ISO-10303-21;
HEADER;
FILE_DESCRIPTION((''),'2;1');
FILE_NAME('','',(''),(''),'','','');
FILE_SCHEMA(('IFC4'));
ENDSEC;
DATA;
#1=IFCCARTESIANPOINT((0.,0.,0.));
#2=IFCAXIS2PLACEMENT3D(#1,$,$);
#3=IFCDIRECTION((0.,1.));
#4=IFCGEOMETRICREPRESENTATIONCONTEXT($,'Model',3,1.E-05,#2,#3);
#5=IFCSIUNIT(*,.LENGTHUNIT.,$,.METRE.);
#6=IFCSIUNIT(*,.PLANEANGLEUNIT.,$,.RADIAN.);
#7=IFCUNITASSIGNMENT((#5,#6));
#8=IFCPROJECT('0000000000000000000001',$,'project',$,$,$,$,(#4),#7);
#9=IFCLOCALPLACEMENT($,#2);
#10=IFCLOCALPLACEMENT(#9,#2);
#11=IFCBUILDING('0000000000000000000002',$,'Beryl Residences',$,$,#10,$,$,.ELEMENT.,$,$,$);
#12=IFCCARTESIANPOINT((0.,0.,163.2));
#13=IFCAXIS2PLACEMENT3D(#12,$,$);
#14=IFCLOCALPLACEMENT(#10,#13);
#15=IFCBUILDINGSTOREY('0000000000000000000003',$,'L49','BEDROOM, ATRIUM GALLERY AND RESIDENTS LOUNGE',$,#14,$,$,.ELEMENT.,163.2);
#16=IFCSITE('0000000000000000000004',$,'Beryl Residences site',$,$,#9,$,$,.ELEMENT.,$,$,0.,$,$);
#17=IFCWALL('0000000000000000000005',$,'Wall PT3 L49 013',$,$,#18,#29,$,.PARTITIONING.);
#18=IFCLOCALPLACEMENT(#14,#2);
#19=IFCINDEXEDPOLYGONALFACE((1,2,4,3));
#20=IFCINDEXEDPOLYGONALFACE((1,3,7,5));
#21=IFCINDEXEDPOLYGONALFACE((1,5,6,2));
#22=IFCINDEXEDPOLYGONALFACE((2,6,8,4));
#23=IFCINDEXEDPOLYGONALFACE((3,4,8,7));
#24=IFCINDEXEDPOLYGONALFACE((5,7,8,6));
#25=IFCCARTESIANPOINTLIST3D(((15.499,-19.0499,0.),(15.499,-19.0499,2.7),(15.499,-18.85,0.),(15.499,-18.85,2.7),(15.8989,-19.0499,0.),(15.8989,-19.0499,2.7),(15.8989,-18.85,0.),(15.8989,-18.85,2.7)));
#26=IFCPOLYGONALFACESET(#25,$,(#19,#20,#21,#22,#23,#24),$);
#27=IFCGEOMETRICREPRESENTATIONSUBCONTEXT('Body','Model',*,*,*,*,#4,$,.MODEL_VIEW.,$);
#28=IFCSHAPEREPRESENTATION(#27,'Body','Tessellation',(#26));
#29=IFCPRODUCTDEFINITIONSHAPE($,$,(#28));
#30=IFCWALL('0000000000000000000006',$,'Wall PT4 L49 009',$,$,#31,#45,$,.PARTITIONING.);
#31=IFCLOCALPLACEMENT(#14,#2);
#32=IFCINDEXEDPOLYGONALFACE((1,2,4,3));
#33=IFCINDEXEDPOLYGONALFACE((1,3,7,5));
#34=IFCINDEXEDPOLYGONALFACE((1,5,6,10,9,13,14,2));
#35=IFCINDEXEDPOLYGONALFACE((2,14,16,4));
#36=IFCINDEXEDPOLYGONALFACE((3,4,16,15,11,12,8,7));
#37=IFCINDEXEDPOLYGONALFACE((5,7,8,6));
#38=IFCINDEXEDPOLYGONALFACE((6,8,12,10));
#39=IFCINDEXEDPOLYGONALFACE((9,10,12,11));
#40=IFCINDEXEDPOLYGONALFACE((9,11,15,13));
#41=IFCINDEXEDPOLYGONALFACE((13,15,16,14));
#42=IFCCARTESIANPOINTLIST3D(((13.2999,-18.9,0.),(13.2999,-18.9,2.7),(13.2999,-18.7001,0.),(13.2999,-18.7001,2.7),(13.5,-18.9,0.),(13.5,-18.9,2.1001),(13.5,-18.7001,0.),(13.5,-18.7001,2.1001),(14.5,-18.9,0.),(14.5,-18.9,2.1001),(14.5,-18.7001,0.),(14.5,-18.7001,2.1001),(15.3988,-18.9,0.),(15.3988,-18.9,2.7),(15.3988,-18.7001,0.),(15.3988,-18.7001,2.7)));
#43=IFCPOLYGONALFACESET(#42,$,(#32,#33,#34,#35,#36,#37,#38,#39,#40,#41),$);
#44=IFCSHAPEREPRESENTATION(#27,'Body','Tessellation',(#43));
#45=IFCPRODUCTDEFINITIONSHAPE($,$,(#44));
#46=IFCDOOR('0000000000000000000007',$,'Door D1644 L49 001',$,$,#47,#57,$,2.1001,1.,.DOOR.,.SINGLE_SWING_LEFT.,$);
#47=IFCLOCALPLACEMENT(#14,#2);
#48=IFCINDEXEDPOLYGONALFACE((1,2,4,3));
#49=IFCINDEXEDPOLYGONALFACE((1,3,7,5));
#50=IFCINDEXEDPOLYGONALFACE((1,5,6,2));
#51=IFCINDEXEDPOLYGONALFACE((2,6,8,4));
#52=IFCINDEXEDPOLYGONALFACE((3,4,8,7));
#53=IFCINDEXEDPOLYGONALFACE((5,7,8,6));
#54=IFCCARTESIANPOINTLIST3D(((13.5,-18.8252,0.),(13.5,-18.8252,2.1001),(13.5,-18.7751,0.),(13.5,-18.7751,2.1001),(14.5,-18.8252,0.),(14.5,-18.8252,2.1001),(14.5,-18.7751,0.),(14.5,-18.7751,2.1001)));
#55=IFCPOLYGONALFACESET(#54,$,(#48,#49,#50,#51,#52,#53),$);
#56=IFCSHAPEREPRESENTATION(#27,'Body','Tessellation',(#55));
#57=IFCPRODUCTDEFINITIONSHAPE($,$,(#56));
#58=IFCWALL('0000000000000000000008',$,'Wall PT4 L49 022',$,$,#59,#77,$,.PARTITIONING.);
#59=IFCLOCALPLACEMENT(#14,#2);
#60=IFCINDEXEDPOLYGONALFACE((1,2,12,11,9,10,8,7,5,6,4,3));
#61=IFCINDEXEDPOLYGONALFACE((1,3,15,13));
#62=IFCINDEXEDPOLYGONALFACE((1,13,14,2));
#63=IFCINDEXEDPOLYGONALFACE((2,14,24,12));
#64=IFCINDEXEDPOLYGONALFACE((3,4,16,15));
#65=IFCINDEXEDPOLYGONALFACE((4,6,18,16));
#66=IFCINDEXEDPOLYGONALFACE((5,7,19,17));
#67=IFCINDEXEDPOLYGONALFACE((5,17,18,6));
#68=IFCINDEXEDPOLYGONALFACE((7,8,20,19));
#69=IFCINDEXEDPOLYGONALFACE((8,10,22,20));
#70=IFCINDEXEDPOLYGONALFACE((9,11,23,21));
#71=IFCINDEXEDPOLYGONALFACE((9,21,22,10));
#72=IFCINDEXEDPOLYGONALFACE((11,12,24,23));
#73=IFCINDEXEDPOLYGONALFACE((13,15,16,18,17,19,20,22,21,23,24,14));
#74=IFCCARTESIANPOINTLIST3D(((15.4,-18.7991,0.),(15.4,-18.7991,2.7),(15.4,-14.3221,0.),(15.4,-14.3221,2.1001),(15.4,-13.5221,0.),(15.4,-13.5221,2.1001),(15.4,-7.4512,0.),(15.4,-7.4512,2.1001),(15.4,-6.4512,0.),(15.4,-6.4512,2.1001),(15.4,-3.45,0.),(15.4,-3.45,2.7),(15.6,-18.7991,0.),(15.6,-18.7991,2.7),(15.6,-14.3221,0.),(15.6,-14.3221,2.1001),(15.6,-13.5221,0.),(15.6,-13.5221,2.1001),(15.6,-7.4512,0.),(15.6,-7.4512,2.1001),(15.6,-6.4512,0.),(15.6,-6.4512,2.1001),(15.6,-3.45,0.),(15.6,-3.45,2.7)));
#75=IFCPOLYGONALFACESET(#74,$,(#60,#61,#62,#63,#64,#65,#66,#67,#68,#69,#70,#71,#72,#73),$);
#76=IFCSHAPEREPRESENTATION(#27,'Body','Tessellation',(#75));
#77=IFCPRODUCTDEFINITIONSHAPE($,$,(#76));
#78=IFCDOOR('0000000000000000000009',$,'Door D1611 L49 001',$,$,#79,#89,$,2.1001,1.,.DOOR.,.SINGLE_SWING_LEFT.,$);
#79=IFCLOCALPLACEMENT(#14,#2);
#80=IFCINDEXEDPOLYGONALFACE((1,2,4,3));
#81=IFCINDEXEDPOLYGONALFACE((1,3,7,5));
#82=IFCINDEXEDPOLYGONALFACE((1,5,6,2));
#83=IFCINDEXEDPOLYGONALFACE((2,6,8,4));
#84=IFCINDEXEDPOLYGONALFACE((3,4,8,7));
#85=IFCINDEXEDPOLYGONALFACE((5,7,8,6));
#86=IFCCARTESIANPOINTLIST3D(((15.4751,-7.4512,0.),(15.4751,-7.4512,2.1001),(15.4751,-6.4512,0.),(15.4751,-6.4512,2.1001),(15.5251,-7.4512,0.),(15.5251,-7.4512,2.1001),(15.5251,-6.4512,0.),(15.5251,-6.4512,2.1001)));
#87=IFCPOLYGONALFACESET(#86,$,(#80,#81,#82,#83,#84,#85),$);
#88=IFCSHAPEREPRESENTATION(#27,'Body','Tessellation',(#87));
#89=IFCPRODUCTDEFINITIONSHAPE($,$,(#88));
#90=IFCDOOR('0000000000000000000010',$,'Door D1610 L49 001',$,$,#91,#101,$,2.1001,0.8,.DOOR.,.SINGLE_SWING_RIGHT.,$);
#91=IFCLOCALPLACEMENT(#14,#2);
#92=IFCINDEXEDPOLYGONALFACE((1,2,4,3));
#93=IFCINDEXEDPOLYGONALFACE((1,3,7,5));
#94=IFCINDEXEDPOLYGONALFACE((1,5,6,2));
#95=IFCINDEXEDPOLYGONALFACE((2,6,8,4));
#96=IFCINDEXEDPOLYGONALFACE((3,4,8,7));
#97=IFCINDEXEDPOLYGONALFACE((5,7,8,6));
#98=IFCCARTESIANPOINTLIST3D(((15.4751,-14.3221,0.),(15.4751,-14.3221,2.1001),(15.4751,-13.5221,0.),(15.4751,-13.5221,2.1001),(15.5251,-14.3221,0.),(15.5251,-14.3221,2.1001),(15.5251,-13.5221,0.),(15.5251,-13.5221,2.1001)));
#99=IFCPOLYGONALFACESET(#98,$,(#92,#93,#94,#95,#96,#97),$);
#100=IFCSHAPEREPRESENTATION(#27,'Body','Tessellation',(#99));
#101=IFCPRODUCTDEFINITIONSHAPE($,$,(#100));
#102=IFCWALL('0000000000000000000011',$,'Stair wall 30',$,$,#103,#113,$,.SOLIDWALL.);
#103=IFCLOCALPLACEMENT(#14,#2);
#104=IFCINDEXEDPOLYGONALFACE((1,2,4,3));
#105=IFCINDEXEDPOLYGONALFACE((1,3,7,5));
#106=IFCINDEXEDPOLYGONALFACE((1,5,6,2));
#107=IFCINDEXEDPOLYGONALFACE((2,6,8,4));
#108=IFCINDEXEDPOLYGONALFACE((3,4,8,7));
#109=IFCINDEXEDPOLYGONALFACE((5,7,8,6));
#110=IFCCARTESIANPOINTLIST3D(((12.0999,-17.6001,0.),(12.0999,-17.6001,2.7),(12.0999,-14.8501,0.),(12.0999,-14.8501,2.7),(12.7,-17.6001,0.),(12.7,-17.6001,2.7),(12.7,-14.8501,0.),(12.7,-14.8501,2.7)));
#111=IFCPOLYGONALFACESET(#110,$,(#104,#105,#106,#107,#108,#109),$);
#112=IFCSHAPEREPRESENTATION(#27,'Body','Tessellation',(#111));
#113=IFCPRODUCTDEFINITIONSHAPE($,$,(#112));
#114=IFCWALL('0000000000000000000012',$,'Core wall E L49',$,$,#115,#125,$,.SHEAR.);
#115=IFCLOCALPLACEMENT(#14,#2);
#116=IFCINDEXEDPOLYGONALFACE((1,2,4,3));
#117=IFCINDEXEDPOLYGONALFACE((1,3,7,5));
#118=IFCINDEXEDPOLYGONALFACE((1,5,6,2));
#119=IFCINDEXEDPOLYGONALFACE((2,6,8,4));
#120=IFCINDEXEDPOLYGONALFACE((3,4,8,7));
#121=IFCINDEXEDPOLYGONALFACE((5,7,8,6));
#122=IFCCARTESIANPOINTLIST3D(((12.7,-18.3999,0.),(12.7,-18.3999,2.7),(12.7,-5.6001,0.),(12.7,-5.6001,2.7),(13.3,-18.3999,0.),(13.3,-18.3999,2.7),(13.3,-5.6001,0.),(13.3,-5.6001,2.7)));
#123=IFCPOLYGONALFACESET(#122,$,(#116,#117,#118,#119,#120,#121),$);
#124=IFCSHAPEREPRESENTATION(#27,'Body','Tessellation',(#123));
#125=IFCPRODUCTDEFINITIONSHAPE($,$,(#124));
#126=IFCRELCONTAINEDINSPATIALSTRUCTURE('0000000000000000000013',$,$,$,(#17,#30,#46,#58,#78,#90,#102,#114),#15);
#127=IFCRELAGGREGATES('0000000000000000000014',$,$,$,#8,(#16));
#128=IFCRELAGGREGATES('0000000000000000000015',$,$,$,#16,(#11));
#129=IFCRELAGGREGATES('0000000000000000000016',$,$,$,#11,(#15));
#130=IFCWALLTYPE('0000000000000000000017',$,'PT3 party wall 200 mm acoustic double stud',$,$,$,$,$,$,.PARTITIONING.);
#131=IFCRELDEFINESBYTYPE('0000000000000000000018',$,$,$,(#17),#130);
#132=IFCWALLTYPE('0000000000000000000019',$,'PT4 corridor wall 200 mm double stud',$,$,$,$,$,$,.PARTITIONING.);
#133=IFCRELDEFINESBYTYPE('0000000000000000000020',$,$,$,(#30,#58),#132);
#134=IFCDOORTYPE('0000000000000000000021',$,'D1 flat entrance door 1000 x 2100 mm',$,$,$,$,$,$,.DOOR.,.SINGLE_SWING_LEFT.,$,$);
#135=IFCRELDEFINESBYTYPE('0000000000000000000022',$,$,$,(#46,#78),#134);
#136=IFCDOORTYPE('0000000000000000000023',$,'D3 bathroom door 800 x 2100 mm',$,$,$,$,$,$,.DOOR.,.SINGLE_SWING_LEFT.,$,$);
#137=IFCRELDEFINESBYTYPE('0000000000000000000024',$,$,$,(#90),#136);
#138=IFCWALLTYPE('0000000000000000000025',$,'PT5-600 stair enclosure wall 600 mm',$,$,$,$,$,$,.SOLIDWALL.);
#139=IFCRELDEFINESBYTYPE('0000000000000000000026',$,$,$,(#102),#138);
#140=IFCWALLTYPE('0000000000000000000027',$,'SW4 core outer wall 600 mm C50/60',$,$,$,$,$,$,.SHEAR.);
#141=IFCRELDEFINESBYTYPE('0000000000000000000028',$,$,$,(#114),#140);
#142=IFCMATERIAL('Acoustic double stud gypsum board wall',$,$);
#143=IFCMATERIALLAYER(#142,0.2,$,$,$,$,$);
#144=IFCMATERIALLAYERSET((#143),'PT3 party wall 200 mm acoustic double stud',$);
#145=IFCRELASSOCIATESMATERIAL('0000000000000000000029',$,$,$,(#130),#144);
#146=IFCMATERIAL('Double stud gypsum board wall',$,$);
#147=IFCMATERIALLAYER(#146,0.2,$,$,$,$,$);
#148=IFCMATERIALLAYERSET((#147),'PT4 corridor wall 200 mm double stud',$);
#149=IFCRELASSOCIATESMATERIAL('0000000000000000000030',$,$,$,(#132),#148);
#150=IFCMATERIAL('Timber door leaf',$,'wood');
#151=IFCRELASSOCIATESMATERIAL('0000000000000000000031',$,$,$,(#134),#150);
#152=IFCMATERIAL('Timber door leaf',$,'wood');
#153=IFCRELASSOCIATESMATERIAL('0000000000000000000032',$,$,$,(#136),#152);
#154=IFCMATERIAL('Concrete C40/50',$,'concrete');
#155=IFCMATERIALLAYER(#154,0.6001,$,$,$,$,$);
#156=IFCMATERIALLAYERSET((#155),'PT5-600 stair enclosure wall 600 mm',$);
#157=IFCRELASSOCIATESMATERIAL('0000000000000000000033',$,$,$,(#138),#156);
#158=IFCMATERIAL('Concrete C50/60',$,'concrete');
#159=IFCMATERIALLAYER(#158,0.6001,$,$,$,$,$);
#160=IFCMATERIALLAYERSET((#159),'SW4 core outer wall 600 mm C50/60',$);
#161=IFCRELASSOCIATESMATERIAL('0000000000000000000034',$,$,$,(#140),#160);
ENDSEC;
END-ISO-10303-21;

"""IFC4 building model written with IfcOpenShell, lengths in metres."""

from ifc_helpers import new_model, si_unit, direction, frame, frame_2d, origin, place, context, subcontext, project, spatial, rectangle, extrude, material, layer, layer_set, type_object, element, fill, save


model = new_model("IFC4")

# Units and contexts
model_context = context("Model", 3, precision=1e-05, world=origin(), true_north=direction((0.0, 1.0)))
body_context = subcontext(model_context, "Body", "Model", "MODEL_VIEW")
ifc_project = project(units=[si_unit("LENGTHUNIT", "METRE"), si_unit("PLANEANGLEUNIT", "RADIAN")], contexts=[model_context])

# Site, building, storey
site_placement = place(None, origin())
site = spatial("IfcSite", under=ifc_project, at=site_placement, Name="Beryl Residences site", CompositionType="ELEMENT", RefElevation=0.0)
building_placement = place(site_placement, origin())
building = spatial("IfcBuilding", under=site, at=building_placement, Name="Beryl Residences", CompositionType="ELEMENT")
storey_placement = place(building_placement, frame((0.0, 0.0, 163.2)))
storey = spatial("IfcBuildingStorey", under=building, at=storey_placement, Name="L49", Description="BEDROOM, ATRIUM GALLERY AND RESIDENTS LOUNGE", CompositionType="ELEMENT", Elevation=163.2)

# Wall
ifc_material_1 = material(Name="Acoustic double stud gypsum board wall")
ifc_layer_1 = layer(ifc_material_1, 0.2)
ifc_layer_set_1 = layer_set([ifc_layer_1], Name="PT3 party wall 200 mm acoustic double stud")
wall_type_1 = type_object("IfcWallType", Name="PT3 party wall 200 mm acoustic double stud", PredefinedType="PARTITIONING", material=ifc_layer_set_1)
wall_1_placement = place(storey_placement, frame((15.499, -18.95, 0.0), z_axis=(0.0, 0.0, 1.0), x_axis=(1.0, 0.0, 0.0)))
element("IfcWall", 1, at=wall_1_placement, inside=storey, type_object=wall_type_1, Name="Wall PT3 L49 013", PredefinedType="PARTITIONING", context=body_context, shape_type="SweptSolid", body=[
    extrude(rectangle(XDim=0.3999, YDim=0.2, at=frame_2d((0.2, 0.0))), origin(), (0.0, 0.0, 1.0), 2.7),
])

# Wall, opening, door
ifc_material_2 = material(Name="Double stud gypsum board wall")
ifc_layer_2 = layer(ifc_material_2, 0.2)
ifc_layer_set_2 = layer_set([ifc_layer_2], Name="PT4 corridor wall 200 mm double stud")
wall_type_2 = type_object("IfcWallType", Name="PT4 corridor wall 200 mm double stud", PredefinedType="PARTITIONING", material=ifc_layer_set_2)
wall_2_placement = place(storey_placement, frame((13.3, -18.8, 0.0), z_axis=(0.0, 0.0, 1.0), x_axis=(1.0, 0.0, 0.0)))
wall_2 = element("IfcWall", 2, at=wall_2_placement, inside=storey, type_object=wall_type_2, Name="Wall PT4 L49 009", PredefinedType="PARTITIONING", context=body_context, shape_type="SweptSolid", body=[
    extrude(rectangle(XDim=2.0989, YDim=0.2, at=frame_2d((1.0493, 0.0))), origin(), (0.0, 0.0, 1.0), 2.7),
])
opening_1_placement = place(wall_2_placement, frame((0.2, 0.0, 0.0)))
opening_1 = element("IfcOpeningElement", 3, at=opening_1_placement, cuts=wall_2, PredefinedType="OPENING", context=body_context, shape_type="SweptSolid", body=[
    extrude(rectangle(XDim=1.0, YDim=2.1001, at=frame_2d((0.5, 1.05))), frame((0.0, 0.1099, 0.0), z_axis=(0.0, -1.0, 0.0), x_axis=(1.0, 0.0, 0.0)), (0.0, 0.0, 1.0), 0.22),
])
ifc_material_3 = material(Name="Timber door leaf", Category="wood")
door_type_1 = type_object("IfcDoorType", Name="D1 flat entrance door 1000 x 2100 mm", OperationType="SINGLE_SWING_LEFT", PredefinedType="DOOR", material=ifc_material_3)
door_1_placement = place(opening_1_placement, origin())
door_1 = element("IfcDoor", 4, at=door_1_placement, inside=storey, type_object=door_type_1, Name="Door D1644 L49 001", OperationType="SINGLE_SWING_LEFT", OverallHeight=2.1001, OverallWidth=1.0, PredefinedType="DOOR", context=body_context, shape_type="SweptSolid", body=[
    extrude(rectangle(XDim=1.0, YDim=2.1001, at=frame_2d((0.5, 1.05))), frame((0.0, 0.0249, 0.0), z_axis=(0.0, -1.0, 0.0), x_axis=(1.0, 0.0, 0.0)), (0.0, 0.0, 1.0), 0.05),
])
fill(opening_1, door_1)

# Wall, openings, doors
wall_3_placement = place(storey_placement, frame((15.5, -18.7991, 0.0), z_axis=(0.0, 0.0, 1.0), x_axis=(0.0, 1.0, 0.0)))
wall_3 = element("IfcWall", 5, at=wall_3_placement, inside=storey, type_object=wall_type_2, Name="Wall PT4 L49 022", PredefinedType="PARTITIONING", context=body_context, shape_type="SweptSolid", body=[
    extrude(rectangle(XDim=15.3491, YDim=0.2, at=frame_2d((7.6746, 0.0))), origin(), (0.0, 0.0, 1.0), 2.7),
])
opening_2_placement = place(wall_3_placement, frame((4.4771, 0.0, 0.0)))
opening_2 = element("IfcOpeningElement", 6, at=opening_2_placement, cuts=wall_3, PredefinedType="OPENING", context=body_context, shape_type="SweptSolid", body=[
    extrude(rectangle(XDim=0.8, YDim=2.1001, at=frame_2d((0.3999, 1.05))), frame((0.0, 0.1099, 0.0), z_axis=(0.0, -1.0, 0.0), x_axis=(1.0, 0.0, 0.0)), (0.0, 0.0, 1.0), 0.22),
])
opening_3_placement = place(wall_3_placement, frame((11.3479, 0.0, 0.0)))
opening_3 = element("IfcOpeningElement", 7, at=opening_3_placement, cuts=wall_3, PredefinedType="OPENING", context=body_context, shape_type="SweptSolid", body=[
    extrude(rectangle(XDim=1.0, YDim=2.1001, at=frame_2d((0.5, 1.05))), frame((0.0, 0.1099, 0.0), z_axis=(0.0, -1.0, 0.0), x_axis=(1.0, 0.0, 0.0)), (0.0, 0.0, 1.0), 0.22),
])
door_2_placement = place(opening_3_placement, origin())
door_2 = element("IfcDoor", 8, at=door_2_placement, inside=storey, type_object=door_type_1, Name="Door D1611 L49 001", OperationType="SINGLE_SWING_LEFT", OverallHeight=2.1001, OverallWidth=1.0, PredefinedType="DOOR", context=body_context, shape_type="SweptSolid", body=[
    extrude(rectangle(XDim=1.0, YDim=2.1001, at=frame_2d((0.5, 1.05))), frame((0.0, 0.0249, 0.0), z_axis=(0.0, -1.0, 0.0), x_axis=(1.0, 0.0, 0.0)), (0.0, 0.0, 1.0), 0.05),
])
fill(opening_3, door_2)
ifc_material_4 = material(Name="Timber door leaf", Category="wood")
door_type_2 = type_object("IfcDoorType", Name="D3 bathroom door 800 x 2100 mm", OperationType="SINGLE_SWING_LEFT", PredefinedType="DOOR", material=ifc_material_4)
door_3_placement = place(opening_2_placement, origin())
door_3 = element("IfcDoor", 9, at=door_3_placement, inside=storey, type_object=door_type_2, Name="Door D1610 L49 001", OperationType="SINGLE_SWING_RIGHT", OverallHeight=2.1001, OverallWidth=0.8, PredefinedType="DOOR", context=body_context, shape_type="SweptSolid", body=[
    extrude(rectangle(XDim=0.8, YDim=2.1001, at=frame_2d((0.3999, 1.05))), frame((0.0, 0.0249, 0.0), z_axis=(0.0, -1.0, 0.0), x_axis=(1.0, 0.0, 0.0)), (0.0, 0.0, 1.0), 0.05),
])
fill(opening_2, door_3)

# Walls
ifc_material_5 = material(Name="Concrete C40/50", Category="concrete")
ifc_layer_3 = layer(ifc_material_5, 0.6001)
ifc_layer_set_3 = layer_set([ifc_layer_3], Name="PT5-600 stair enclosure wall 600 mm")
wall_type_3 = type_object("IfcWallType", Name="PT5-600 stair enclosure wall 600 mm", PredefinedType="SOLIDWALL", material=ifc_layer_set_3)
wall_4_placement = place(storey_placement, frame((12.3999, -17.6001, 0.0), z_axis=(0.0, 0.0, 1.0), x_axis=(0.0, 1.0, 0.0)))
element("IfcWall", 10, at=wall_4_placement, inside=storey, type_object=wall_type_3, Name="Stair wall 30", PredefinedType="SOLIDWALL", context=body_context, shape_type="SweptSolid", body=[
    extrude(rectangle(XDim=2.75, YDim=0.6001, at=frame_2d((1.375, 0.0))), origin(), (0.0, 0.0, 1.0), 2.7),
])
ifc_material_6 = material(Name="Concrete C50/60", Category="concrete")
ifc_layer_4 = layer(ifc_material_6, 0.6001)
ifc_layer_set_4 = layer_set([ifc_layer_4], Name="SW4 core outer wall 600 mm C50/60")
wall_type_4 = type_object("IfcWallType", Name="SW4 core outer wall 600 mm C50/60", PredefinedType="SHEAR", material=ifc_layer_set_4)
wall_5_placement = place(storey_placement, frame((13.0, -18.3999, 0.0), z_axis=(0.0, 0.0, 1.0), x_axis=(0.0, 1.0, 0.0)))
element("IfcWall", 11, at=wall_5_placement, inside=storey, type_object=wall_type_4, Name="Core wall E L49", PredefinedType="SHEAR", context=body_context, shape_type="SweptSolid", body=[
    extrude(rectangle(XDim=12.7998, YDim=0.6001, at=frame_2d((6.3999, 0.0))), origin(), (0.0, 0.0, 1.0), 2.7),
])

save(model, "model.ifc")
